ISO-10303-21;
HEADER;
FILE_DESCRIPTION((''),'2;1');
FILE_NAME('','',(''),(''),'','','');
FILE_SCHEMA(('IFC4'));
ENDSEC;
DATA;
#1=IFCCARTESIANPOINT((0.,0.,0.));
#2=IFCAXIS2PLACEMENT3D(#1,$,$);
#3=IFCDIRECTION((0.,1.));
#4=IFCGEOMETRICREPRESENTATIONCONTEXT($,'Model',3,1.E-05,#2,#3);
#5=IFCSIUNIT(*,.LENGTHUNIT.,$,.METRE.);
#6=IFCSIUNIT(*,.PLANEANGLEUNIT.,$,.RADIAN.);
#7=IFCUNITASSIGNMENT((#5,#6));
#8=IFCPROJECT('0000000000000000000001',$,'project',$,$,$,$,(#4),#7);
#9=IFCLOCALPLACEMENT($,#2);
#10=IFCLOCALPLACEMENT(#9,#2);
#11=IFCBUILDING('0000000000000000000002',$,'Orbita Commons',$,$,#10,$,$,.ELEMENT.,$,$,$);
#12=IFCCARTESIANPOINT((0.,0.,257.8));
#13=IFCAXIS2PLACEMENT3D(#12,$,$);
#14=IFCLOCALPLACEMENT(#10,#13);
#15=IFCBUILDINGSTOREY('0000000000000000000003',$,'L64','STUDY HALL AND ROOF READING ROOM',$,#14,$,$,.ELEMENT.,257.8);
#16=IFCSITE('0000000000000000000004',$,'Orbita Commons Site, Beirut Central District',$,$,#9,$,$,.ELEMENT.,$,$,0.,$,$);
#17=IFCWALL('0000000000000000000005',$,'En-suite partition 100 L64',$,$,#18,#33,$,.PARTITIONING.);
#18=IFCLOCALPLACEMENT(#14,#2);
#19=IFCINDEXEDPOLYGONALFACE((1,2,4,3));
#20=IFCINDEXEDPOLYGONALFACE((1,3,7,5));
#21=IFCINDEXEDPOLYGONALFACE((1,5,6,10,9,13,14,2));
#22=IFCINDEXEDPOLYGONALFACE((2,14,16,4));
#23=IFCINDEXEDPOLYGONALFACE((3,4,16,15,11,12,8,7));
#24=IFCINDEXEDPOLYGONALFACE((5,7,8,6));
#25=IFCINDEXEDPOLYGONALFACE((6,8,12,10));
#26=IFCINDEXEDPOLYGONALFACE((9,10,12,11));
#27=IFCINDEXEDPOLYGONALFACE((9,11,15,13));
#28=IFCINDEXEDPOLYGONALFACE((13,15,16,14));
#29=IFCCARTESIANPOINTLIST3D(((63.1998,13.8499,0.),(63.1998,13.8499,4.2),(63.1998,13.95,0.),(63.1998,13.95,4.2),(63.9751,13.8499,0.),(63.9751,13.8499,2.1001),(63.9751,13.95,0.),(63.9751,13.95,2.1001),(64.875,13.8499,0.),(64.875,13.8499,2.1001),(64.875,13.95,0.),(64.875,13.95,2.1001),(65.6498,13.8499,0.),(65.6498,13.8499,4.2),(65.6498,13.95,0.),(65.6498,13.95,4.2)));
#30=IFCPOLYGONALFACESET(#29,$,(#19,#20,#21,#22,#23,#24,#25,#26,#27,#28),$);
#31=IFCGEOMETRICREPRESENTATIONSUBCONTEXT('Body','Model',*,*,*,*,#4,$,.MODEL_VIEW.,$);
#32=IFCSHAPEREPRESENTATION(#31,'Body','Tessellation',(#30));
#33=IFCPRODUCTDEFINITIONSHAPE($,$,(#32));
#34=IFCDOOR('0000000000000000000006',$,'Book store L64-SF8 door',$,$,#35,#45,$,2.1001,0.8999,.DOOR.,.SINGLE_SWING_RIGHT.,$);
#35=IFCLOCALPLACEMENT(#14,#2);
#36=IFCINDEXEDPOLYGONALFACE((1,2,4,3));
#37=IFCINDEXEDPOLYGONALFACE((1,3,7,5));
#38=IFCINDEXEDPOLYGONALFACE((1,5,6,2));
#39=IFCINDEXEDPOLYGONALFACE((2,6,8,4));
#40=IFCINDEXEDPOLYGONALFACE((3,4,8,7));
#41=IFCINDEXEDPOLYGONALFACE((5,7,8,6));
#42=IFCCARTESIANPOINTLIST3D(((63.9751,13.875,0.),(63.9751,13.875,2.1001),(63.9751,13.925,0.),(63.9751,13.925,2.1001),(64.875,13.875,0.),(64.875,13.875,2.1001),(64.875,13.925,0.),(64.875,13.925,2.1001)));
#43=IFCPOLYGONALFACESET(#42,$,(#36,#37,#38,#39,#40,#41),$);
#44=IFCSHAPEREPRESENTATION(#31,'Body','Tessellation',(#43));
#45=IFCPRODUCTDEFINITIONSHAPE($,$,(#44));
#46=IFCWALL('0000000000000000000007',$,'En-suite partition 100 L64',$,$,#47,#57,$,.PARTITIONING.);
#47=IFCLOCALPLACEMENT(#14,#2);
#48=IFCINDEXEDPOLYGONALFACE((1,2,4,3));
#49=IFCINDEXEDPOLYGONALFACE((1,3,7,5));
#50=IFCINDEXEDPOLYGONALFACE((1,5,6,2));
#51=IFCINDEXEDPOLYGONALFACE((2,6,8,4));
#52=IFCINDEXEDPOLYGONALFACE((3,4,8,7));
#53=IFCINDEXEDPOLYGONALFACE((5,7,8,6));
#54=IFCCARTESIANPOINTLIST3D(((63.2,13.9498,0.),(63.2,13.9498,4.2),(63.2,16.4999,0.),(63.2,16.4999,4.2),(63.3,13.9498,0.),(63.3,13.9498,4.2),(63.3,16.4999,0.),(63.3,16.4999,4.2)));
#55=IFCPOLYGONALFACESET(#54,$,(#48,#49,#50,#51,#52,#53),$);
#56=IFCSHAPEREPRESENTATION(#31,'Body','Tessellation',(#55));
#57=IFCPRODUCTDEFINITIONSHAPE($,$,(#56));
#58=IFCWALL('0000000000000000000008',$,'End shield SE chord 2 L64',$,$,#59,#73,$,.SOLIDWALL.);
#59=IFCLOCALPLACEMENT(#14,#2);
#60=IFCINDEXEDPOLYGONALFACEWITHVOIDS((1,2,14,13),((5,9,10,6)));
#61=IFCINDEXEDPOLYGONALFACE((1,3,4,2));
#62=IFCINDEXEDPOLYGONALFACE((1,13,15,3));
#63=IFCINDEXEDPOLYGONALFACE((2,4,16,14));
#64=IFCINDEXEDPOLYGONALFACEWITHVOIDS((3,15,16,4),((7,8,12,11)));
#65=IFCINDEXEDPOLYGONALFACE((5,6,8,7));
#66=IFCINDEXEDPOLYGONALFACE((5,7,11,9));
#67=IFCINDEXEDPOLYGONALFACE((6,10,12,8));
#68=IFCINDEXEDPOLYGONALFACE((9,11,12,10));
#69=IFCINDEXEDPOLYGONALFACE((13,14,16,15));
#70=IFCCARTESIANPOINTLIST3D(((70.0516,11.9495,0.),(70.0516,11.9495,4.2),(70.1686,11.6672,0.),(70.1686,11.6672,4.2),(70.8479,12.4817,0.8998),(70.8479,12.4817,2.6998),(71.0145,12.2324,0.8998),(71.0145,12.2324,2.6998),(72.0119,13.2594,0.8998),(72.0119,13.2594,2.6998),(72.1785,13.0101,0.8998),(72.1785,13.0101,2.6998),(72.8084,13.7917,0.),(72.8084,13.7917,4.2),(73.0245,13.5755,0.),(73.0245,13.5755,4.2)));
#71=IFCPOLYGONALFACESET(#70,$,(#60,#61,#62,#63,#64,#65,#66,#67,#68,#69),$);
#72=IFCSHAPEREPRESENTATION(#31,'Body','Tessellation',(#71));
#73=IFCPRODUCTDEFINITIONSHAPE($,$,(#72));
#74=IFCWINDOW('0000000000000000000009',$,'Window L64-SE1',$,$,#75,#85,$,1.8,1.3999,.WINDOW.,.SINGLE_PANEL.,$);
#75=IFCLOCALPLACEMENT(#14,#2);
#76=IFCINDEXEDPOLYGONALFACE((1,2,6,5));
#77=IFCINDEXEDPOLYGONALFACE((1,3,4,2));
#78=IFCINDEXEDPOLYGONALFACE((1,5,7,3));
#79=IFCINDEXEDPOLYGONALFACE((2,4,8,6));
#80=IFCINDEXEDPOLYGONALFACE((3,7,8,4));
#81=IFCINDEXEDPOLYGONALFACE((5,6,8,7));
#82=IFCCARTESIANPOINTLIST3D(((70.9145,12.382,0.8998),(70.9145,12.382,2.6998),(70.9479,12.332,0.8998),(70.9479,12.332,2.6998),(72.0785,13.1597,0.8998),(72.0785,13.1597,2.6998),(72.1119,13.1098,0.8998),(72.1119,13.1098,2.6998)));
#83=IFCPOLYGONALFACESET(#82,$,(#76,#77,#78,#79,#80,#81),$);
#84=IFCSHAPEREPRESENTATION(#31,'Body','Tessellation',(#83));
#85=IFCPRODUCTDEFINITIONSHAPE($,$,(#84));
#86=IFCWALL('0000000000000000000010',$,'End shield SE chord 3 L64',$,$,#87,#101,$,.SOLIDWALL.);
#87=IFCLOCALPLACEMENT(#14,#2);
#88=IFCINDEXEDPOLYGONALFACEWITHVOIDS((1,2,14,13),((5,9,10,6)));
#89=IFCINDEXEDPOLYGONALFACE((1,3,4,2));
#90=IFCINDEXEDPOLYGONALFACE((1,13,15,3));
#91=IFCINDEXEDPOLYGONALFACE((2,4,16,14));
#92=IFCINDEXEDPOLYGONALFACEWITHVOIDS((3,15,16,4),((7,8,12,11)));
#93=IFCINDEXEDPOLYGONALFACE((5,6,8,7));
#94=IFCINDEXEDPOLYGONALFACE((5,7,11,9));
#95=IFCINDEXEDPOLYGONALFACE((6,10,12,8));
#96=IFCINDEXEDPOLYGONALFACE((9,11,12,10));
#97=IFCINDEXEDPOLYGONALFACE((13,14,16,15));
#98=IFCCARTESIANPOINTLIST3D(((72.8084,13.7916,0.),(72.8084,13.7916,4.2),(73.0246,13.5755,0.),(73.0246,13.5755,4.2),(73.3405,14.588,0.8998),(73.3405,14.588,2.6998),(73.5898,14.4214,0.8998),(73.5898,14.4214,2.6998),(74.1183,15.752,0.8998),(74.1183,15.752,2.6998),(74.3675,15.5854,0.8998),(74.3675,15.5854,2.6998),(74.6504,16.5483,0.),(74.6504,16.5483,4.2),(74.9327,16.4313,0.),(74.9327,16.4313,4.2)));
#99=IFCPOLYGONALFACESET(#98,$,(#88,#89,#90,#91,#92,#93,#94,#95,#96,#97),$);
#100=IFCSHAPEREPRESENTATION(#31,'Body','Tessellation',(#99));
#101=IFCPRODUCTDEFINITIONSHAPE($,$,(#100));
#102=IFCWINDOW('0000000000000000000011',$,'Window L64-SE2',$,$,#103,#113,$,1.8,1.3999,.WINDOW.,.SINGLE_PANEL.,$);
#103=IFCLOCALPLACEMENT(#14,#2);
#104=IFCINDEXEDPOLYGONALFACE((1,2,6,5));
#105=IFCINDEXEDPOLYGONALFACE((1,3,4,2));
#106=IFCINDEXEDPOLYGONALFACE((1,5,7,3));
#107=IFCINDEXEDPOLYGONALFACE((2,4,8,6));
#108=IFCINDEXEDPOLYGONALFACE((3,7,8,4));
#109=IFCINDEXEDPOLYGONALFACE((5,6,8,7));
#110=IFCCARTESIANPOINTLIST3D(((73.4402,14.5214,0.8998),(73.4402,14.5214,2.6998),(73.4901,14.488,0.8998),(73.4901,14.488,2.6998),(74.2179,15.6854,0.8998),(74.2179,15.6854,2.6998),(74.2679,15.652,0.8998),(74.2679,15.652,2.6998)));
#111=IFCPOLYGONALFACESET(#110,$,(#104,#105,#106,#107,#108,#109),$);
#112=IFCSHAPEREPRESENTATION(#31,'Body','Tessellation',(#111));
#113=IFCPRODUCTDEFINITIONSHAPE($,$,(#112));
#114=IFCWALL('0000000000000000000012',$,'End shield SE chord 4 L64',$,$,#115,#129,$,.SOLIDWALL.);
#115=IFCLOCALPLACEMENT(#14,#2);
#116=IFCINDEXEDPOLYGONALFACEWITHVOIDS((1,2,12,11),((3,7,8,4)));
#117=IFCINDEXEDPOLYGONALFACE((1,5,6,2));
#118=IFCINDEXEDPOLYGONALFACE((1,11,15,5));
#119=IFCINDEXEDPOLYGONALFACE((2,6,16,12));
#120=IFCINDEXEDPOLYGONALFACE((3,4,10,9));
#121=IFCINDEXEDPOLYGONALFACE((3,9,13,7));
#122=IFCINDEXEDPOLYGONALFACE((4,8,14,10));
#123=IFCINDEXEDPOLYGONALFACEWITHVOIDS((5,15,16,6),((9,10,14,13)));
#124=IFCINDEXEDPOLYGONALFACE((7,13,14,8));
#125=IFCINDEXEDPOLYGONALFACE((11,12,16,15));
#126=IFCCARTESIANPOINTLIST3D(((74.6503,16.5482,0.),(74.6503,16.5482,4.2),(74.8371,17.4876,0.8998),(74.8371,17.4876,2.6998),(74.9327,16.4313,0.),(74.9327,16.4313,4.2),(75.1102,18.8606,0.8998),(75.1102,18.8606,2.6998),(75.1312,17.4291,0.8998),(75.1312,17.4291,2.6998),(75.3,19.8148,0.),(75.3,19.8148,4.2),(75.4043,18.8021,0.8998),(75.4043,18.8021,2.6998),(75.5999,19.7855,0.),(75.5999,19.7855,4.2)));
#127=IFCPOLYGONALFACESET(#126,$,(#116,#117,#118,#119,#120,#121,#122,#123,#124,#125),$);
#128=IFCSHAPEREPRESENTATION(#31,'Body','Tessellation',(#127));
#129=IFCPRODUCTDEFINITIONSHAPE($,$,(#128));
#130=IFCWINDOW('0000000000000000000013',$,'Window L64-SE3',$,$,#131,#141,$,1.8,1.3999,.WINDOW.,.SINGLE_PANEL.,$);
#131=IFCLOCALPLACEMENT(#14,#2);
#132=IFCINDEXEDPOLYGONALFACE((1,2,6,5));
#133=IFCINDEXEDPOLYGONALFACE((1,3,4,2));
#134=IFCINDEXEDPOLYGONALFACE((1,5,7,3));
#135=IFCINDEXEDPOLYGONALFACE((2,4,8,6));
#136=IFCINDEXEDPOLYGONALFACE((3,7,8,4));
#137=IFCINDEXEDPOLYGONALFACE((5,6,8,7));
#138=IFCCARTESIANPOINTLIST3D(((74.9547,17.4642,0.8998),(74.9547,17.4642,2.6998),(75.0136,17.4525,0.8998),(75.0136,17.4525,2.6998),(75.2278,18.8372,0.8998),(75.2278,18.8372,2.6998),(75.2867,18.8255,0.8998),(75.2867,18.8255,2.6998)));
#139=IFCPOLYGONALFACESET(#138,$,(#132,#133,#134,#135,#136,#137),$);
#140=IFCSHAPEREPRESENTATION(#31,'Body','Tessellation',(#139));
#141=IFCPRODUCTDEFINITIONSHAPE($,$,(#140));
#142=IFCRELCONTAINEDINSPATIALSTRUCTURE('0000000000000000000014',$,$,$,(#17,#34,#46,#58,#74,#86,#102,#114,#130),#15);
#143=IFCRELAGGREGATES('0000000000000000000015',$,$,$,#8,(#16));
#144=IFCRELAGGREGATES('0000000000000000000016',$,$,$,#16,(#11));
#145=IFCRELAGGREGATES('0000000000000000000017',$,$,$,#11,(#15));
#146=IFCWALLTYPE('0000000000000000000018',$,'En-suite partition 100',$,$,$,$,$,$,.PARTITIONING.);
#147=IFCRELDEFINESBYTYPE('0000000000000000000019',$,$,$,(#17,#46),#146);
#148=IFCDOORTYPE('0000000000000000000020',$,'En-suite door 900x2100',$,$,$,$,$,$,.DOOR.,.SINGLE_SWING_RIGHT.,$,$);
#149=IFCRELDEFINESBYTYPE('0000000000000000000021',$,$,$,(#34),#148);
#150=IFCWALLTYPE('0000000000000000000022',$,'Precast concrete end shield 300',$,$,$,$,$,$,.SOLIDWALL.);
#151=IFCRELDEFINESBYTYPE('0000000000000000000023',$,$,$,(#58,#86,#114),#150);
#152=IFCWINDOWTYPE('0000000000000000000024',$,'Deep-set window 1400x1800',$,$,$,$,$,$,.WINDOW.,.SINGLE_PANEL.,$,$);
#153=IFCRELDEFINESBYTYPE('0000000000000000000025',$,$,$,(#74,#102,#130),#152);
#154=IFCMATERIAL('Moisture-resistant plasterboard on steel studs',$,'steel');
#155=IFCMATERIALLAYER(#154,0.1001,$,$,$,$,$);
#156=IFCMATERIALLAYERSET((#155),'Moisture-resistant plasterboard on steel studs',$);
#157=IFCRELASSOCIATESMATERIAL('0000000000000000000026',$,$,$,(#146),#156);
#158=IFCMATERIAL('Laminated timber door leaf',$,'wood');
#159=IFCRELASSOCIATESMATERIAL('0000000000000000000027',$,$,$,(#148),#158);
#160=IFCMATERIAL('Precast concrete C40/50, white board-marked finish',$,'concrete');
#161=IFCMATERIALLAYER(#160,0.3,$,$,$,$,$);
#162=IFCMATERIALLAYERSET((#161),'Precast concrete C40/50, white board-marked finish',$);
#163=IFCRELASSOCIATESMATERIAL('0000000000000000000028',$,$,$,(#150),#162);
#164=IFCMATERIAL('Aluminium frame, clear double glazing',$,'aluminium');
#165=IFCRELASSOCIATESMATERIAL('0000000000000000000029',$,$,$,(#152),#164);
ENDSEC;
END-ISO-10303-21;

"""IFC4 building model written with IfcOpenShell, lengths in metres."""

from ifc_helpers import new_model, si_unit, direction, frame, frame_2d, origin, place, context, subcontext, project, spatial, polyline, rectangle, outline, extrude, material, layer, layer_set, type_object, element, fill, save


model = new_model("IFC4")

# Units and contexts
model_context = context("Model", 3, precision=1e-05, world=origin(), true_north=direction((0.0, 1.0)))
body_context = subcontext(model_context, "Body", "Model", "MODEL_VIEW")
ifc_project = project(units=[si_unit("LENGTHUNIT", "METRE"), si_unit("PLANEANGLEUNIT", "RADIAN")], contexts=[model_context])

# Site, building, storey
site_placement = place(None, origin())
site = spatial("IfcSite", under=ifc_project, at=site_placement, Name="Orbita Commons Site, Beirut Central District", CompositionType="ELEMENT", RefElevation=0.0)
building_placement = place(site_placement, origin())
building = spatial("IfcBuilding", under=site, at=building_placement, Name="Orbita Commons", CompositionType="ELEMENT")
storey_placement = place(building_placement, frame((0.0, 0.0, 257.8)))
storey = spatial("IfcBuildingStorey", under=building, at=storey_placement, Name="L64", Description="STUDY HALL AND ROOF READING ROOM", CompositionType="ELEMENT", Elevation=257.8)

# Wall, opening, door
ifc_material_1 = material(Name="Moisture-resistant plasterboard on steel studs", Category="steel")
ifc_layer_1 = layer(ifc_material_1, 0.1001)
ifc_layer_set_1 = layer_set([ifc_layer_1], Name="Moisture-resistant plasterboard on steel studs")
wall_type_1 = type_object("IfcWallType", Name="En-suite partition 100", PredefinedType="PARTITIONING", material=ifc_layer_set_1)
wall_1_placement = place(storey_placement, frame((65.6499, 13.8999, 0.0), z_axis=(0.0, 0.0, 1.0), x_axis=(-1.0, 0.0, 0.0)))
wall_1 = element("IfcWall", 1, at=wall_1_placement, inside=storey, type_object=wall_type_1, Name="En-suite partition 100 L64", PredefinedType="PARTITIONING", context=body_context, shape_type="SweptSolid", body=[
    extrude(rectangle(XDim=2.45, YDim=0.1001, at=frame_2d((1.2251, 0.0))), origin(), (0.0, 0.0, 1.0), 4.2),
])
opening_1_placement = place(wall_1_placement, frame((0.7749, 0.0, 0.0)))
opening_1 = element("IfcOpeningElement", 2, at=opening_1_placement, cuts=wall_1, PredefinedType="OPENING", context=body_context, shape_type="SweptSolid", body=[
    extrude(rectangle(XDim=0.8999, YDim=2.1001, at=frame_2d((0.45, 1.05))), frame((0.0, 0.0601, 0.0), z_axis=(0.0, -1.0, 0.0), x_axis=(1.0, 0.0, 0.0)), (0.0, 0.0, 1.0), 0.1201),
])
ifc_material_2 = material(Name="Laminated timber door leaf", Category="wood")
door_type_1 = type_object("IfcDoorType", Name="En-suite door 900x2100", OperationType="SINGLE_SWING_RIGHT", PredefinedType="DOOR", material=ifc_material_2)
door_1_placement = place(opening_1_placement, origin())
door_1 = element("IfcDoor", 3, at=door_1_placement, inside=storey, type_object=door_type_1, Name="Book store L64-SF8 door", OperationType="SINGLE_SWING_RIGHT", OverallHeight=2.1001, OverallWidth=0.8999, PredefinedType="DOOR", context=body_context, shape_type="SweptSolid", body=[
    extrude(rectangle(XDim=0.8999, YDim=2.1001, at=frame_2d((0.45, 1.05))), frame((0.0, 0.0249, 0.0), z_axis=(0.0, -1.0, 0.0), x_axis=(1.0, 0.0, 0.0)), (0.0, 0.0, 1.0), 0.05),
])
fill(opening_1, door_1)

# Wall
wall_2_placement = place(storey_placement, frame((63.25, 13.95, 0.0), z_axis=(0.0, 0.0, 1.0), x_axis=(0.0, 1.0, 0.0)))
element("IfcWall", 4, at=wall_2_placement, inside=storey, type_object=wall_type_1, Name="En-suite partition 100 L64", PredefinedType="PARTITIONING", context=body_context, shape_type="SweptSolid", body=[
    extrude(rectangle(XDim=2.55, YDim=0.1001, at=frame_2d((1.2749, 0.0))), origin(), (0.0, 0.0, 1.0), 4.2),
])

# Walls, openings, windows
ifc_material_3 = material(Name="Precast concrete C40/50, white board-marked finish", Category="concrete")
ifc_layer_2 = layer(ifc_material_3, 0.3)
ifc_layer_set_2 = layer_set([ifc_layer_2], Name="Precast concrete C40/50, white board-marked finish")
wall_type_2 = type_object("IfcWallType", Name="Precast concrete end shield 300", PredefinedType="SOLIDWALL", material=ifc_layer_set_2)
wall_3_placement = place(storey_placement, frame((70.1101, 11.8083, 0.0), z_axis=(0.0, 0.0, 1.0), x_axis=(0.83146, 0.555585, 0.0)))
wall_3 = element("IfcWall", 5, at=wall_3_placement, inside=storey, type_object=wall_type_2, Name="End shield SE chord 2 L64", PredefinedType="SOLIDWALL", context=body_context, shape_type="SweptSolid", body=[
    extrude(outline(polyline([(-0.0298, -0.1499), (3.405, -0.1499), (3.3455, 0.1499), (0.0298, 0.1499), (-0.0298, -0.1499)])), origin(), (0.0, 0.0, 1.0), 4.2),
])
opening_2_placement = place(wall_3_placement, frame((0.9875, 0.0, 0.8999)))
opening_2 = element("IfcOpeningElement", 6, at=opening_2_placement, cuts=wall_3, PredefinedType="OPENING", context=body_context, shape_type="SweptSolid", body=[
    extrude(rectangle(XDim=1.3999, YDim=1.8, at=frame_2d((0.7, 0.8999))), frame((0.0, 0.1599, 0.0), z_axis=(0.0, -1.0, 0.0), x_axis=(1.0, 0.0, 0.0)), (0.0, 0.0, 1.0), 0.3201),
])
ifc_material_4 = material(Name="Aluminium frame, clear double glazing", Category="aluminium")
window_type = type_object("IfcWindowType", Name="Deep-set window 1400x1800", PartitioningType="SINGLE_PANEL", PredefinedType="WINDOW", material=ifc_material_4)
window_1_placement = place(opening_2_placement, origin())
window_1 = element("IfcWindow", 7, at=window_1_placement, inside=storey, type_object=window_type, Name="Window L64-SE1", OverallHeight=1.8, OverallWidth=1.3999, PartitioningType="SINGLE_PANEL", PredefinedType="WINDOW", context=body_context, shape_type="SweptSolid", body=[
    extrude(rectangle(XDim=1.3999, YDim=1.8, at=frame_2d((0.7, 0.8999))), frame((0.0, 0.03, 0.0), z_axis=(0.0, -1.0, 0.0), x_axis=(1.0, 0.0, 0.0)), (0.0, 0.0, 1.0), 0.0601),
])
fill(opening_2, window_1)
wall_4_placement = place(storey_placement, frame((72.9165, 13.6836, 0.0), z_axis=(0.0, 0.0, 1.0), x_axis=(0.555568, 0.831471, 0.0)))
wall_4 = element("IfcWall", 8, at=wall_4_placement, inside=storey, type_object=wall_type_2, Name="End shield SE chord 3 L64", PredefinedType="SOLIDWALL", context=body_context, shape_type="SweptSolid", body=[
    extrude(outline(polyline([(-0.0298, -0.1499), (3.4048, -0.1499), (3.3452, 0.1499), (0.0298, 0.1499), (-0.0298, -0.1499)])), origin(), (0.0, 0.0, 1.0), 4.2),
])
opening_3_placement = place(wall_4_placement, frame((0.9875, 0.0, 0.8999)))
opening_3 = element("IfcOpeningElement", 9, at=opening_3_placement, cuts=wall_4, PredefinedType="OPENING", context=body_context, shape_type="SweptSolid", body=[
    extrude(rectangle(XDim=1.3999, YDim=1.8, at=frame_2d((0.7, 0.8999))), frame((0.0, 0.1599, 0.0), z_axis=(0.0, -1.0, 0.0), x_axis=(1.0, 0.0, 0.0)), (0.0, 0.0, 1.0), 0.3201),
])
window_2_placement = place(opening_3_placement, origin())
window_2 = element("IfcWindow", 10, at=window_2_placement, inside=storey, type_object=window_type, Name="Window L64-SE2", OverallHeight=1.8, OverallWidth=1.3999, PartitioningType="SINGLE_PANEL", PredefinedType="WINDOW", context=body_context, shape_type="SweptSolid", body=[
    extrude(rectangle(XDim=1.3999, YDim=1.8, at=frame_2d((0.7, 0.8999))), frame((0.0, 0.03, 0.0), z_axis=(0.0, -1.0, 0.0), x_axis=(1.0, 0.0, 0.0)), (0.0, 0.0, 1.0), 0.0601),
])
fill(opening_3, window_2)
wall_5_placement = place(storey_placement, frame((74.7915, 16.4897, 0.0), z_axis=(0.0, 0.0, 1.0), x_axis=(0.195087, 0.980786, 0.0)))
wall_5 = element("IfcWall", 11, at=wall_5_placement, inside=storey, type_object=wall_type_2, Name="End shield SE chord 4 L64", PredefinedType="SOLIDWALL", context=body_context, shape_type="SweptSolid", body=[
    extrude(outline(polyline([(-0.0298, -0.1499), (3.3901, -0.1499), (3.3604, 0.1499), (0.0298, 0.1499), (-0.0298, -0.1499)])), origin(), (0.0, 0.0, 1.0), 4.2),
])
opening_4_placement = place(wall_5_placement, frame((0.9875, 0.0, 0.8999)))
opening_4 = element("IfcOpeningElement", 12, at=opening_4_placement, cuts=wall_5, PredefinedType="OPENING", context=body_context, shape_type="SweptSolid", body=[
    extrude(rectangle(XDim=1.3999, YDim=1.8, at=frame_2d((0.7, 0.8999))), frame((0.0, 0.1599, 0.0), z_axis=(0.0, -1.0, 0.0), x_axis=(1.0, 0.0, 0.0)), (0.0, 0.0, 1.0), 0.3201),
])
window_3_placement = place(opening_4_placement, origin())
window_3 = element("IfcWindow", 13, at=window_3_placement, inside=storey, type_object=window_type, Name="Window L64-SE3", OverallHeight=1.8, OverallWidth=1.3999, PartitioningType="SINGLE_PANEL", PredefinedType="WINDOW", context=body_context, shape_type="SweptSolid", body=[
    extrude(rectangle(XDim=1.3999, YDim=1.8, at=frame_2d((0.7, 0.8999))), frame((0.0, 0.03, 0.0), z_axis=(0.0, -1.0, 0.0), x_axis=(1.0, 0.0, 0.0)), (0.0, 0.0, 1.0), 0.0601),
])
fill(opening_4, window_3)

save(model, "model.ifc")
